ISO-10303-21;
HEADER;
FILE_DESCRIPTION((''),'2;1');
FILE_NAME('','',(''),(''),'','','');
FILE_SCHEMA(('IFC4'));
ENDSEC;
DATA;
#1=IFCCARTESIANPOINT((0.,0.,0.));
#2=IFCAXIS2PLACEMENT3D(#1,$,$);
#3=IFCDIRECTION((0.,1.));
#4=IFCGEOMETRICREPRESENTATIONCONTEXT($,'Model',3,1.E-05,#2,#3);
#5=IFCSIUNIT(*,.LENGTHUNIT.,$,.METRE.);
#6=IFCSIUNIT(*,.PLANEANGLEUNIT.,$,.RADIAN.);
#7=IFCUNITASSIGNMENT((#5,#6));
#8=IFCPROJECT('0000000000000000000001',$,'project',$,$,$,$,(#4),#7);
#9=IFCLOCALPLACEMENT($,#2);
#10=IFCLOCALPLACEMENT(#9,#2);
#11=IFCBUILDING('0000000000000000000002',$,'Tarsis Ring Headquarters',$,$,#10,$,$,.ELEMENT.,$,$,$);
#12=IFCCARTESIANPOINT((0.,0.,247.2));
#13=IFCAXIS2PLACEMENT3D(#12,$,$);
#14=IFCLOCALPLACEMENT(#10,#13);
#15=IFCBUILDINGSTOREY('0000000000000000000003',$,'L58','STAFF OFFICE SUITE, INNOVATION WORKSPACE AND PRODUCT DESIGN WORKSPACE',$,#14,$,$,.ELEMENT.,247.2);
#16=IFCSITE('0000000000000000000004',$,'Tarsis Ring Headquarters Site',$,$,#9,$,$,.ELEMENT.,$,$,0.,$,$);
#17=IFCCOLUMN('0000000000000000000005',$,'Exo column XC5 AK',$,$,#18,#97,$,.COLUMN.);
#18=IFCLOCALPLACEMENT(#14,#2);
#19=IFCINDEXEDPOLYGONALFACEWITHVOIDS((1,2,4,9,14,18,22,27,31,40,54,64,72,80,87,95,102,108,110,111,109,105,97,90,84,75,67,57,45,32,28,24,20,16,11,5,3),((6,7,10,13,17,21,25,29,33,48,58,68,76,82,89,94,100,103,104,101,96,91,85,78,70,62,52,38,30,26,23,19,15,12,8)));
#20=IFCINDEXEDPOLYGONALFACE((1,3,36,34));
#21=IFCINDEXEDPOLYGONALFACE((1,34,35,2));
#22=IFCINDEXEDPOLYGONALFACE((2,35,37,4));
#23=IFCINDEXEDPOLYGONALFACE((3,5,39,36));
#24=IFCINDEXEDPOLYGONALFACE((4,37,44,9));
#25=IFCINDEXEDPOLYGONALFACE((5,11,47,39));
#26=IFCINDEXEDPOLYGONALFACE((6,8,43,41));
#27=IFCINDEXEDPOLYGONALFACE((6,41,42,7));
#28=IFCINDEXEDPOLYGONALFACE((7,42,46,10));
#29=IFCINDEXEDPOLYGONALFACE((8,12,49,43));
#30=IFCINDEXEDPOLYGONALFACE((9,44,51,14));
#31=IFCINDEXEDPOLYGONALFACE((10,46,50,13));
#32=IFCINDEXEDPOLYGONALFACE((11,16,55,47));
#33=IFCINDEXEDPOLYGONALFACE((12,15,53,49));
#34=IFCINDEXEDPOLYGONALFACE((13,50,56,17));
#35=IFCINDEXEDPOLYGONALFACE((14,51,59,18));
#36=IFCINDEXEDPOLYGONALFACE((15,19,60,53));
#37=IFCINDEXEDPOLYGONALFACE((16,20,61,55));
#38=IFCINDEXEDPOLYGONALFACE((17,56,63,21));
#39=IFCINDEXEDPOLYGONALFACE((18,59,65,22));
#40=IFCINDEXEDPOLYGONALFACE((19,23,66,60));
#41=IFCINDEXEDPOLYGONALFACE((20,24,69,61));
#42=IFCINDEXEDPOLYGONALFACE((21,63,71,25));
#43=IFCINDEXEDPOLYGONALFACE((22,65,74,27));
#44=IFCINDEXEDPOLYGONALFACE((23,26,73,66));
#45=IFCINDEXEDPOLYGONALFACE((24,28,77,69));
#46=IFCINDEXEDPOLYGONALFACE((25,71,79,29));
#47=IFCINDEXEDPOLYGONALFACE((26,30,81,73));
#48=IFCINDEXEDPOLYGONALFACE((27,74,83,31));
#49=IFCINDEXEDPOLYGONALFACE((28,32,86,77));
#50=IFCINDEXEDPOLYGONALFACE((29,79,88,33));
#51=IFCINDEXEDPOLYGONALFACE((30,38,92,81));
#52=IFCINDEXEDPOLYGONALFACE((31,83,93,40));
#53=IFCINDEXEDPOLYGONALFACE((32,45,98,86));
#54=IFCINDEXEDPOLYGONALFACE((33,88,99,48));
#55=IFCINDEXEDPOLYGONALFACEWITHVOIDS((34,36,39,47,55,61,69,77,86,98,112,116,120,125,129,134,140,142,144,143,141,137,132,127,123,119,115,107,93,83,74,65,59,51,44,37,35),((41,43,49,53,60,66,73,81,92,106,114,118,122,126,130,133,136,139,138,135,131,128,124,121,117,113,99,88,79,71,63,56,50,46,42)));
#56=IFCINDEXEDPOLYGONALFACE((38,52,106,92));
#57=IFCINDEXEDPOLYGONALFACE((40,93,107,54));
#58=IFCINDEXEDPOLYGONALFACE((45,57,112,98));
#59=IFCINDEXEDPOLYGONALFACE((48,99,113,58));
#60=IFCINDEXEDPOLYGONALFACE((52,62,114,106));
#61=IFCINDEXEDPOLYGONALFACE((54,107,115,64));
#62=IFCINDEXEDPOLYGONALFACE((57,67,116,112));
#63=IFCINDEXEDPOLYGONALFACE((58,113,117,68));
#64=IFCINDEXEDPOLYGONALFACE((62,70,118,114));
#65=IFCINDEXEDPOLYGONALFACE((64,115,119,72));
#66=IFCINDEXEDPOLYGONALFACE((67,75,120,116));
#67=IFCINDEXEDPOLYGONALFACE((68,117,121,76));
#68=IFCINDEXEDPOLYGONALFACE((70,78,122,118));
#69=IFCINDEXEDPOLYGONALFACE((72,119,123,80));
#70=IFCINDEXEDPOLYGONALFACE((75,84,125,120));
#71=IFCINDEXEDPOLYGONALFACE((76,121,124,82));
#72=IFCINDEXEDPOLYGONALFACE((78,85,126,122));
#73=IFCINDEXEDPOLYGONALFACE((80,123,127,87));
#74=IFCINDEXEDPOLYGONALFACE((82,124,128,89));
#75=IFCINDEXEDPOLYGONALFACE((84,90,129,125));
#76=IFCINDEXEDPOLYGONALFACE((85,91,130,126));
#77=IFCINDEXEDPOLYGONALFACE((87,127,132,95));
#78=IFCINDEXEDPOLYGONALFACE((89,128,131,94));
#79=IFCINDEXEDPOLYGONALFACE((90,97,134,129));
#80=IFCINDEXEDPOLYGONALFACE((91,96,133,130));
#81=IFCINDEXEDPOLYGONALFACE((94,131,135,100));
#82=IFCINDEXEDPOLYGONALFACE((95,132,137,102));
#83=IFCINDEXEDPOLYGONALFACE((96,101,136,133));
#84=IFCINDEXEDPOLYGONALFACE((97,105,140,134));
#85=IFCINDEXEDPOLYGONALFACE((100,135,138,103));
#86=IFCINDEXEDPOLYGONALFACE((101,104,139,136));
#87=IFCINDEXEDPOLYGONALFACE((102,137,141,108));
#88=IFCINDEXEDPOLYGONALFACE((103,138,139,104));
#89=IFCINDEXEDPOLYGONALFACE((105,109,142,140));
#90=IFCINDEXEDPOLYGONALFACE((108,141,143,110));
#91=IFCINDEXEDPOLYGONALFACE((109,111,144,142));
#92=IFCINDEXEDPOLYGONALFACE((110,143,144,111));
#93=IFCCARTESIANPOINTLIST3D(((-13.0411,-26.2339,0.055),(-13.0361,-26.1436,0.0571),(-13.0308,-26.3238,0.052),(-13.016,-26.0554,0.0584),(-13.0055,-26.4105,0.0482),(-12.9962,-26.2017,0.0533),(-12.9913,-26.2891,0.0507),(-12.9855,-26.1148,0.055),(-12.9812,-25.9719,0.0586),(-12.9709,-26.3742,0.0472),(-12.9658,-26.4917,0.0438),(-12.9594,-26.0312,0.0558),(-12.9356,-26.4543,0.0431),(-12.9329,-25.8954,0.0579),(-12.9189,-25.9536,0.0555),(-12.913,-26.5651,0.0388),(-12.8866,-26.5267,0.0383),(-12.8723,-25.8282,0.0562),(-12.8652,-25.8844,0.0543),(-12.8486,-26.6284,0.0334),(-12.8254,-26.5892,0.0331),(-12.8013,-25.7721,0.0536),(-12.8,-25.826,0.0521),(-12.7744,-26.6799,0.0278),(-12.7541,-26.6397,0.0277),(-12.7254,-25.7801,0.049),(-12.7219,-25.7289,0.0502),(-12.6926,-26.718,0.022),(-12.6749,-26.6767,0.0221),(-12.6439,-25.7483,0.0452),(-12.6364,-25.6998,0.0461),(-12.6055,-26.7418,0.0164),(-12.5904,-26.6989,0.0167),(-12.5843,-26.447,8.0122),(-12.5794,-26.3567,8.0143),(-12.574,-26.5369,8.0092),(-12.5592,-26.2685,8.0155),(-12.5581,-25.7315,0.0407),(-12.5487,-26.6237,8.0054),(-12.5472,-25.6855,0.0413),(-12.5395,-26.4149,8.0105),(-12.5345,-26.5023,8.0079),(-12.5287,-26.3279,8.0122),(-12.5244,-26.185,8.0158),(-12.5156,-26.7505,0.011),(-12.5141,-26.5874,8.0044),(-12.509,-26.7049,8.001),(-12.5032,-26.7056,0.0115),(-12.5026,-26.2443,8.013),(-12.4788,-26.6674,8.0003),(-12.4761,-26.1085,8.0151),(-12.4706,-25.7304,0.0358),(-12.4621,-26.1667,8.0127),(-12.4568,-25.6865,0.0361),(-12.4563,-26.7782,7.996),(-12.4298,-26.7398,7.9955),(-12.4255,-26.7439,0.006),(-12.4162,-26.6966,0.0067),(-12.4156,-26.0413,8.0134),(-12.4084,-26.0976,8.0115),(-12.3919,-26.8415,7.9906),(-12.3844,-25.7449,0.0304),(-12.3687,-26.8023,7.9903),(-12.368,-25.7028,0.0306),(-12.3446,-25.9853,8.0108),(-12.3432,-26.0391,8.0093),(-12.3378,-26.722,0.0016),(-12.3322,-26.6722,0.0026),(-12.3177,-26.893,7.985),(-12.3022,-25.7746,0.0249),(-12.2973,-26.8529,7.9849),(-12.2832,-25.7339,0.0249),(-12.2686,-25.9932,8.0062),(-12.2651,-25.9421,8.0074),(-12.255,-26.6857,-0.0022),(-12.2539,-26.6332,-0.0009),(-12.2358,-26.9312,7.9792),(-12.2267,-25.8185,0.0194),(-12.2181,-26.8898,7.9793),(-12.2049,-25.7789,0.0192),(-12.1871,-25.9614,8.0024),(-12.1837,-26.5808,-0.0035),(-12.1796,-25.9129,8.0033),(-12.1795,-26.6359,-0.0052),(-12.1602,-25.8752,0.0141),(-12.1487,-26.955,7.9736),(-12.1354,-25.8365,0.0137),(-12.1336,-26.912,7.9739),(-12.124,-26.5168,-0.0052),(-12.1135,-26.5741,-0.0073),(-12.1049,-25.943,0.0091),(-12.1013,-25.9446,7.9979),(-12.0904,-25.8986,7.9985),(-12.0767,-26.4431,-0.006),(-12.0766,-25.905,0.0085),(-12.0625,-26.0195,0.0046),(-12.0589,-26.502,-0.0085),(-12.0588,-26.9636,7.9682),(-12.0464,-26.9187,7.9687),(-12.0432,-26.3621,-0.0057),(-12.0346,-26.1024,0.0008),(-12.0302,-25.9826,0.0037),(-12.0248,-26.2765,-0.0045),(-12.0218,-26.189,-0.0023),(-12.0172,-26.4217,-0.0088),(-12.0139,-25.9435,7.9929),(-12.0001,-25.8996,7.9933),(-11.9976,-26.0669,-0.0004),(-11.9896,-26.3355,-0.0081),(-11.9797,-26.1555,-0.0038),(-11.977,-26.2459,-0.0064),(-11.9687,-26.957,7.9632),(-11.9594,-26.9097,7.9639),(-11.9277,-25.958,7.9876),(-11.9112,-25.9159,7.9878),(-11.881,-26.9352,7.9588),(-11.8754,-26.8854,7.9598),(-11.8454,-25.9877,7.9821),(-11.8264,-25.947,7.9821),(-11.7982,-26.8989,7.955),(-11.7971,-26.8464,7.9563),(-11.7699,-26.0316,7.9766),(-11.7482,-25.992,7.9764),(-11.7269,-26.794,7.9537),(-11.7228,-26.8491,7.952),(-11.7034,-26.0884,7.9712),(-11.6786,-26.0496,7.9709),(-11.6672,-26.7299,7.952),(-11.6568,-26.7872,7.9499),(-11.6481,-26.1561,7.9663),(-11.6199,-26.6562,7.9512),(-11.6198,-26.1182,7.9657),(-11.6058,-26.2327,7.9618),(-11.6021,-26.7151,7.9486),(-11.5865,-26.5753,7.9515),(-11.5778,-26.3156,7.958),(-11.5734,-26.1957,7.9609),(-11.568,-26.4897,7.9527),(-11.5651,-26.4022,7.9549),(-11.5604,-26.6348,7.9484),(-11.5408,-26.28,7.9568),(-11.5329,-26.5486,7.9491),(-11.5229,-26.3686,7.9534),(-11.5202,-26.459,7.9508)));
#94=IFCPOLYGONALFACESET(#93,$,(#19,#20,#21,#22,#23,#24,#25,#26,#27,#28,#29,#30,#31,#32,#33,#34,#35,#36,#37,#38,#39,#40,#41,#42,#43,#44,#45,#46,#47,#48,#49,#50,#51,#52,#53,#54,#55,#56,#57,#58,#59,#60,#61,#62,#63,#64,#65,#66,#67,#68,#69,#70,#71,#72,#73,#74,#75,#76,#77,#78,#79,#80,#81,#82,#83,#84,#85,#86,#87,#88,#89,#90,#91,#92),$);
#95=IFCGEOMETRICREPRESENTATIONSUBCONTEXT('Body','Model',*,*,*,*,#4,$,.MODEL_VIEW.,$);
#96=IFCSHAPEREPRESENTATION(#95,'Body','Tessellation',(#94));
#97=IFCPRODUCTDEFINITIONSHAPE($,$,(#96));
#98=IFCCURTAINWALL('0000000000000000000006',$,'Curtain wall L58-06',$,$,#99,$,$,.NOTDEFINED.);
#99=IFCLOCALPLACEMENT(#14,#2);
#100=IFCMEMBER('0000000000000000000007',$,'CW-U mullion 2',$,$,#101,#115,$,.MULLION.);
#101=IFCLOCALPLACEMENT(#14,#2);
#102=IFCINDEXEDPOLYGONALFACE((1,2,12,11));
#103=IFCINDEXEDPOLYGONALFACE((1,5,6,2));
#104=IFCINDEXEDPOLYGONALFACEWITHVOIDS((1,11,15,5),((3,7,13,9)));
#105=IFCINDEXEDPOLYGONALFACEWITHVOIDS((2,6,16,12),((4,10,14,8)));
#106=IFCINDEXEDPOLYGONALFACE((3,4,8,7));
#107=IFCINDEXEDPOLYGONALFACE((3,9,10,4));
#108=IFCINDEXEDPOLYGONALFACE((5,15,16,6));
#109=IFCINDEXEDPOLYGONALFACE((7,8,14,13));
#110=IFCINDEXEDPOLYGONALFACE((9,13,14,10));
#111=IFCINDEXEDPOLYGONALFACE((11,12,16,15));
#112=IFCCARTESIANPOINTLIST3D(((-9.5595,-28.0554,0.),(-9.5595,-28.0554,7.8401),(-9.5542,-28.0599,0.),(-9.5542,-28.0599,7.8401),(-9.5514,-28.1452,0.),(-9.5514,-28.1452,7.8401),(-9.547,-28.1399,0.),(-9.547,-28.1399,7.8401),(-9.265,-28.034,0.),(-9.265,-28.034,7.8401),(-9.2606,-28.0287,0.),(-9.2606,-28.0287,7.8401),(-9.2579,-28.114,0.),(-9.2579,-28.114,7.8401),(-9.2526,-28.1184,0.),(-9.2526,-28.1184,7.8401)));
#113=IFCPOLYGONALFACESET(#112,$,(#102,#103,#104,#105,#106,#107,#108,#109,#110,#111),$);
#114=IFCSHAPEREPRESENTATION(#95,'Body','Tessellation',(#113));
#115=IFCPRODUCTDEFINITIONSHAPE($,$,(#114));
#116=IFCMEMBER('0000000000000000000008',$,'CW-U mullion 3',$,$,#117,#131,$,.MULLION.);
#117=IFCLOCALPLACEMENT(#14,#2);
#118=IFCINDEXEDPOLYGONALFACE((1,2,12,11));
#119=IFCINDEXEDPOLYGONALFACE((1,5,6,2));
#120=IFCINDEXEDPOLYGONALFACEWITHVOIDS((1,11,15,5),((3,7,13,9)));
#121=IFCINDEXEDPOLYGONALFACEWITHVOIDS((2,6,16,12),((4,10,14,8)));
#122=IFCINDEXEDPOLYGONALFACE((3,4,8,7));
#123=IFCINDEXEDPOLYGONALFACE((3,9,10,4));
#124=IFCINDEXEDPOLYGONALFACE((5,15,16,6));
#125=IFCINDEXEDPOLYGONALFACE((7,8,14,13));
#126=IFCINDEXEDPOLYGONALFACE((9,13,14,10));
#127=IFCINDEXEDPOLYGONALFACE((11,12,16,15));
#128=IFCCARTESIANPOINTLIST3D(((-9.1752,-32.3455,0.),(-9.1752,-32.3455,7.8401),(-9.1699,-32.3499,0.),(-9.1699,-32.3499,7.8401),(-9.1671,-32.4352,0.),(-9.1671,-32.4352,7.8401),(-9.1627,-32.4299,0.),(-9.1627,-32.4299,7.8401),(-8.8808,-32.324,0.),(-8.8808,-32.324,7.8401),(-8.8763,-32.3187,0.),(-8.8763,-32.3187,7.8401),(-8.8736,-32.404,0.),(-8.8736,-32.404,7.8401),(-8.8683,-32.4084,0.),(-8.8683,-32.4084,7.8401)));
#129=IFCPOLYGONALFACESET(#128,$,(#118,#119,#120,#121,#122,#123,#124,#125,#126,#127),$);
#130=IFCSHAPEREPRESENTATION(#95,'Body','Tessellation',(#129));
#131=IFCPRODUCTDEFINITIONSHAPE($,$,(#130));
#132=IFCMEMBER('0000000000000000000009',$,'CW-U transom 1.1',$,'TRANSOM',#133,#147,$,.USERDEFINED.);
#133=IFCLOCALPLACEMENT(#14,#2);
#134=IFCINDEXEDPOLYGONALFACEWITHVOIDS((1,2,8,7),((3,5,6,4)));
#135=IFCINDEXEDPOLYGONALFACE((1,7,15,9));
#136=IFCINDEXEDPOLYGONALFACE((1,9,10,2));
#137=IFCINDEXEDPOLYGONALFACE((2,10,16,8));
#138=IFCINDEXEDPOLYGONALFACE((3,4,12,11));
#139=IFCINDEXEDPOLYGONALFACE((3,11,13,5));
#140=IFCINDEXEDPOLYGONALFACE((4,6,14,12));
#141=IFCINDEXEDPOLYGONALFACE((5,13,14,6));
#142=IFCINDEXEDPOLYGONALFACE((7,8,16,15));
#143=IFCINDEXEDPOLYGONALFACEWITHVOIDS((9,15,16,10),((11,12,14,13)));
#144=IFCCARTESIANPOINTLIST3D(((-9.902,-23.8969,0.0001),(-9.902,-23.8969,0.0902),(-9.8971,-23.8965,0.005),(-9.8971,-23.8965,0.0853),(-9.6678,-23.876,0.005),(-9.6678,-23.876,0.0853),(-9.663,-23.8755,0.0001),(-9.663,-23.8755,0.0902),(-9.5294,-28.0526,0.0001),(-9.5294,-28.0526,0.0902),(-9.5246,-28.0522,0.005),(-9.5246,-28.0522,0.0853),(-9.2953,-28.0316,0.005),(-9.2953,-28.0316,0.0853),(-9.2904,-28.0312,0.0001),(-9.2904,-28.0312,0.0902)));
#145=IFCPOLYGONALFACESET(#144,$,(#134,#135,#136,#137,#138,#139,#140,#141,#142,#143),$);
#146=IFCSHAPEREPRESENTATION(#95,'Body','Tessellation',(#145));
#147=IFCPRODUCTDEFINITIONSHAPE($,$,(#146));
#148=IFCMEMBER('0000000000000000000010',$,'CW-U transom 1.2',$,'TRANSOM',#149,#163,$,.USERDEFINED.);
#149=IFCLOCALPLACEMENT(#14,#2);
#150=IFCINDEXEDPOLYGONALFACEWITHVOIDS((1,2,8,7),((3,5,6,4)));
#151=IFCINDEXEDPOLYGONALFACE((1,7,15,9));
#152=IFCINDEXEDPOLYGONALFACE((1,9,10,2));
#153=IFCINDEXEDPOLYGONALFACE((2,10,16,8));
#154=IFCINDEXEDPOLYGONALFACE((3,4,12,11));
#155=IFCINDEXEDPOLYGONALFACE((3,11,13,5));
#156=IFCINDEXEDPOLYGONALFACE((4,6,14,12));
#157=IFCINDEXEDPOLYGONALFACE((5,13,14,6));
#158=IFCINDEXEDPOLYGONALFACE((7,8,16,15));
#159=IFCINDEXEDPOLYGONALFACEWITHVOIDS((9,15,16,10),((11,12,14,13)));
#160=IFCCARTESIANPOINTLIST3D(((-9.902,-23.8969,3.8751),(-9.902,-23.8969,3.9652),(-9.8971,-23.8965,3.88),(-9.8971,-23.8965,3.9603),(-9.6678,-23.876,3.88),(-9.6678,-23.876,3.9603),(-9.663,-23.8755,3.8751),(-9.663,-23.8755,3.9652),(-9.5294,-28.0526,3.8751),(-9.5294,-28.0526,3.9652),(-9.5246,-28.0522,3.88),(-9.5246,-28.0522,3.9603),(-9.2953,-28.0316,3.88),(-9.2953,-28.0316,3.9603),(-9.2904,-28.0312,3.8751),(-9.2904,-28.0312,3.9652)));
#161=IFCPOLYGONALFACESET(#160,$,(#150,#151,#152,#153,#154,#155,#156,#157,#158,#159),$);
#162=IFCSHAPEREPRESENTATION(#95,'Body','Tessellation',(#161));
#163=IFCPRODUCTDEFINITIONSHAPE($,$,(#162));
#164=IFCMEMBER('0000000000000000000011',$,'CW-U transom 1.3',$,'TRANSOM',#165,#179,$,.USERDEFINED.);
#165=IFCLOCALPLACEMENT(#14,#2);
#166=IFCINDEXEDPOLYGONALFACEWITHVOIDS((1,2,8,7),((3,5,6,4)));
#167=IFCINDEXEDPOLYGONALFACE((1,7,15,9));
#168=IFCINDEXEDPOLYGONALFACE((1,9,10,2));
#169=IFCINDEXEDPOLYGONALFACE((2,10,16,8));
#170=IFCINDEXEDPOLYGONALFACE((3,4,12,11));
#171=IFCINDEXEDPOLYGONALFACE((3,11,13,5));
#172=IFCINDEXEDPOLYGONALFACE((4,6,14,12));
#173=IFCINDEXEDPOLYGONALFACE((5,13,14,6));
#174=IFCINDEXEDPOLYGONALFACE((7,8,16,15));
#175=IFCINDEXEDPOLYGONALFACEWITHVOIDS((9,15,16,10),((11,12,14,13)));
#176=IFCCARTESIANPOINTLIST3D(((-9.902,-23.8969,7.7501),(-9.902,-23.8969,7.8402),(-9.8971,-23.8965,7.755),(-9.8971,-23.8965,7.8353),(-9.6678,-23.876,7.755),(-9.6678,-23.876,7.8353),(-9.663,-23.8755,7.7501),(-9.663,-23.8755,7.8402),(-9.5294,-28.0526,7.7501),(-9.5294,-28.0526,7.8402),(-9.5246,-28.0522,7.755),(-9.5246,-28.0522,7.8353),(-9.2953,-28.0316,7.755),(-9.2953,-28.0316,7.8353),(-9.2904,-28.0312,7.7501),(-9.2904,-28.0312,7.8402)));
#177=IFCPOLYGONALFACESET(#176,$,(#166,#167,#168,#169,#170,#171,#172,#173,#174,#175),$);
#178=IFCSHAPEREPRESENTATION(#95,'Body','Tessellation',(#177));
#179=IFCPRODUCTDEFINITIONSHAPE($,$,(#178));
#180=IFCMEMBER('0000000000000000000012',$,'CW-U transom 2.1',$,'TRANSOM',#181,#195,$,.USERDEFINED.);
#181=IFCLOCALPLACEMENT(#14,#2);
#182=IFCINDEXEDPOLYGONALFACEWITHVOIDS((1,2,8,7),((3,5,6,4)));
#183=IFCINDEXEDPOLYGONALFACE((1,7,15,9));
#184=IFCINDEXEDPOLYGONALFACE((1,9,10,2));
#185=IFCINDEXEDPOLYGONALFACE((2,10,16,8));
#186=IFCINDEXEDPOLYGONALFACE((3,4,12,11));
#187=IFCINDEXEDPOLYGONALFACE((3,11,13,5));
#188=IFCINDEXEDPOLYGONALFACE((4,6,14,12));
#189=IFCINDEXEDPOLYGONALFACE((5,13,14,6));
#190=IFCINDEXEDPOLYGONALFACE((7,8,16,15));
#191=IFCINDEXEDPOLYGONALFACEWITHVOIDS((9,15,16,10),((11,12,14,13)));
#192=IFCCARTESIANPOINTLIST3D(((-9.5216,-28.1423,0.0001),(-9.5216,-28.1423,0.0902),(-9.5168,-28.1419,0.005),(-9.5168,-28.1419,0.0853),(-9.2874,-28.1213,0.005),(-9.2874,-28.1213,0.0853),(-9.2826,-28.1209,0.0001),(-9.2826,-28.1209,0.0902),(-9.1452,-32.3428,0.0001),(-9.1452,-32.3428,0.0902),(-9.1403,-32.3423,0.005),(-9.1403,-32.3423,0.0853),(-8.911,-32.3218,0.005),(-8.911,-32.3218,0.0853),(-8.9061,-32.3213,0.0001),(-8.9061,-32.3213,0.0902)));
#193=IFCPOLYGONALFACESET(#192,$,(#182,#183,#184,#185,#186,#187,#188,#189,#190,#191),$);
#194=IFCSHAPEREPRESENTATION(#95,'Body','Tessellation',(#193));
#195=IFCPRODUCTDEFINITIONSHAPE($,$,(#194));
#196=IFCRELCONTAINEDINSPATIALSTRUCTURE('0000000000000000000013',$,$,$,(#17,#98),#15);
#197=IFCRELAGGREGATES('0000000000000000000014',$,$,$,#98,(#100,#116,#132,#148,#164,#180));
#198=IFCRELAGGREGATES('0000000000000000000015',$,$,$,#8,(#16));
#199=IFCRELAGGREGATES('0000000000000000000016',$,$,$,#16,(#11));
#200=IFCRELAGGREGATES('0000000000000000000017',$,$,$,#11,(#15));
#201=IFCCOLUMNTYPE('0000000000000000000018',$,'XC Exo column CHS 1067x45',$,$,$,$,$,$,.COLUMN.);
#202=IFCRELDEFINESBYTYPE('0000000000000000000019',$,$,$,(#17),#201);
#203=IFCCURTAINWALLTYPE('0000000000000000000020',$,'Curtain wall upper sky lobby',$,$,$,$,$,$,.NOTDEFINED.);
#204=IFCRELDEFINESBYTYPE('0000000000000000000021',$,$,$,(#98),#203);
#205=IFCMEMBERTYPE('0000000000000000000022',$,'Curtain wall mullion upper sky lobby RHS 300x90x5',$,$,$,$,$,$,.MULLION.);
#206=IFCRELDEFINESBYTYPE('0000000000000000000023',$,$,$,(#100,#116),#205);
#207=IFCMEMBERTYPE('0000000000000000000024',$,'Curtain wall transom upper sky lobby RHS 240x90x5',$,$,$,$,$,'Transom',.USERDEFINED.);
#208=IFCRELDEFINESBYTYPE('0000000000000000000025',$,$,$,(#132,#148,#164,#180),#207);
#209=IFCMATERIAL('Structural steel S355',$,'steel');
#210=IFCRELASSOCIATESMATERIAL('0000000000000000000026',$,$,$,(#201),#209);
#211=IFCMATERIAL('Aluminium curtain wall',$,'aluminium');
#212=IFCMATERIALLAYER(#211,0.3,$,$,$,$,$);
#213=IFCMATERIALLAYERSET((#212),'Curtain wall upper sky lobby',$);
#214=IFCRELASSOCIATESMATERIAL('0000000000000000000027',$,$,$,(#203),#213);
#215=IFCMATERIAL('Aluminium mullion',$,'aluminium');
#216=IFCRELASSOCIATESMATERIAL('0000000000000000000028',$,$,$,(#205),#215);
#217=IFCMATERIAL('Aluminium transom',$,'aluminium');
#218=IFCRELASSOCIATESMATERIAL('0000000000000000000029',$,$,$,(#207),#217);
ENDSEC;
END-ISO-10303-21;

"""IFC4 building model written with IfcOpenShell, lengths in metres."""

from ifc_helpers import new_model, si_unit, direction, frame, origin, origin_2d, place, context, subcontext, project, spatial, hollow_rectangle, hollow_circle, extrude, material, layer, layer_set, material_profile, profile_set, type_object, element, aggregate, save


model = new_model("IFC4")

# Units and contexts
model_context = context("Model", 3, precision=1e-05, world=origin(), true_north=direction((0.0, 1.0)))
body_context = subcontext(model_context, "Body", "Model", "MODEL_VIEW")
ifc_project = project(units=[si_unit("LENGTHUNIT", "METRE"), si_unit("PLANEANGLEUNIT", "RADIAN")], contexts=[model_context])

# Site, building, storey
site_placement = place(None, origin())
site = spatial("IfcSite", under=ifc_project, at=site_placement, Name="Tarsis Ring Headquarters Site", CompositionType="ELEMENT", RefElevation=0.0)
building_placement = place(site_placement, origin())
building = spatial("IfcBuilding", under=site, at=building_placement, Name="Tarsis Ring Headquarters", CompositionType="ELEMENT")
storey_placement = place(building_placement, frame((0.0, 0.0, 247.2)))
storey = spatial("IfcBuildingStorey", under=building, at=storey_placement, Name="L58", Description="STAFF OFFICE SUITE, INNOVATION WORKSPACE AND PRODUCT DESIGN WORKSPACE", CompositionType="ELEMENT", Elevation=247.2)

# Column
ifc_material_1 = material(Name="Structural steel S355", Category="steel")
ifc_material_profile_1 = material_profile(ifc_material_1, hollow_circle(Radius=0.5334, WallThickness=0.0449, at=origin_2d()), Name="CHS 1067x45")
ifc_profile_set_1 = profile_set([ifc_material_profile_1], Name="Structural steel S355")
column_type = type_object("IfcColumnType", Name="XC Exo column CHS 1067x45", PredefinedType="COLUMN", material=ifc_profile_set_1)
column_placement = place(storey_placement, frame((-12.5088, -26.2173, 0.0249), z_axis=(0.05729, -0.026731, 0.998), x_axis=(0.422832, 0.906208, 0.0)))
element("IfcColumn", 1, at=column_placement, inside=storey, type_object=column_type, Name="Exo column XC5 AK", PredefinedType="COLUMN", context=body_context, shape_type="SweptSolid", body=[
    extrude(hollow_circle(Radius=0.5334, WallThickness=0.0449, at=origin_2d()), origin(), (0.0, 0.0, 1.0), 7.9731),
])

# Curtain wall, members
ifc_material_2 = material(Name="Aluminium curtain wall", Category="aluminium")
ifc_layer_1 = layer(ifc_material_2, 0.3)
ifc_layer_set_1 = layer_set([ifc_layer_1], Name="Curtain wall upper sky lobby")
curtain_wall_type = type_object("IfcCurtainWallType", Name="Curtain wall upper sky lobby", PredefinedType="NOTDEFINED", material=ifc_layer_set_1)
curtain_wall_placement = place(storey_placement, origin())
curtain_wall = element("IfcCurtainWall", 2, at=curtain_wall_placement, inside=storey, type_object=curtain_wall_type, Name="Curtain wall L58-06", PredefinedType="NOTDEFINED")
ifc_material_3 = material(Name="Aluminium mullion", Category="aluminium")
ifc_material_profile_2 = material_profile(ifc_material_3, hollow_rectangle(XDim=0.3, YDim=0.0901, WallThickness=0.0049, at=origin_2d()), Name="RHS 300x90x5")
ifc_profile_set_2 = profile_set([ifc_material_profile_2], Name="Aluminium mullion")
member_type_1 = type_object("IfcMemberType", Name="Curtain wall mullion upper sky lobby RHS 300x90x5", PredefinedType="MULLION", material=ifc_profile_set_2)
member_1_placement = place(storey_placement, frame((-9.406, -28.0869, 0.0), z_axis=(0.0, 0.0, 1.0), x_axis=(0.99601, 0.089242, 0.0)))
member_1 = element("IfcMember", 3, at=member_1_placement, type_object=member_type_1, Name="CW-U mullion 2", PredefinedType="MULLION", context=body_context, shape_type="SweptSolid", body=[
    extrude(hollow_rectangle(XDim=0.3, YDim=0.0901, WallThickness=0.0049, at=origin_2d()), origin(), (0.0, 0.0, 1.0), 7.8401),
])
member_2_placement = place(storey_placement, frame((-9.0217, -32.377, 0.0), z_axis=(0.0, 0.0, 1.0), x_axis=(0.99601, 0.089242, 0.0)))
member_2 = element("IfcMember", 4, at=member_2_placement, type_object=member_type_1, Name="CW-U mullion 3", PredefinedType="MULLION", context=body_context, shape_type="SweptSolid", body=[
    extrude(hollow_rectangle(XDim=0.3, YDim=0.0901, WallThickness=0.0049, at=origin_2d()), origin(), (0.0, 0.0, 1.0), 7.8401),
])
ifc_material_4 = material(Name="Aluminium transom", Category="aluminium")
ifc_material_profile_3 = material_profile(ifc_material_4, hollow_rectangle(XDim=0.24, YDim=0.0901, WallThickness=0.0049, at=origin_2d()), Name="RHS 240x90x5")
ifc_profile_set_3 = profile_set([ifc_material_profile_3], Name="Aluminium transom")
member_type_2 = type_object("IfcMemberType", Name="Curtain wall transom upper sky lobby RHS 240x90x5", ElementType="Transom", PredefinedType="USERDEFINED", material=ifc_profile_set_3)
member_3_placement = place(storey_placement, frame((-9.7825, -23.8862, 0.0452), z_axis=(0.089291, -0.996006, 0.0), x_axis=(0.996006, 0.089291, 0.0)))
member_3 = element("IfcMember", 5, at=member_3_placement, type_object=member_type_2, Name="CW-U transom 1.1", ObjectType="TRANSOM", PredefinedType="USERDEFINED", context=body_context, shape_type="SweptSolid", body=[
    extrude(hollow_rectangle(XDim=0.24, YDim=0.0901, WallThickness=0.0049, at=origin_2d()), origin(), (0.0, 0.0, 1.0), 4.1724),
])
member_4_placement = place(storey_placement, frame((-9.7825, -23.8862, 3.9202), z_axis=(0.089291, -0.996006, 0.0), x_axis=(0.996006, 0.089291, 0.0)))
member_4 = element("IfcMember", 6, at=member_4_placement, type_object=member_type_2, Name="CW-U transom 1.2", ObjectType="TRANSOM", PredefinedType="USERDEFINED", context=body_context, shape_type="SweptSolid", body=[
    extrude(hollow_rectangle(XDim=0.24, YDim=0.0901, WallThickness=0.0049, at=origin_2d()), origin(), (0.0, 0.0, 1.0), 4.1724),
])
member_5_placement = place(storey_placement, frame((-9.7825, -23.8862, 7.7952), z_axis=(0.089291, -0.996006, 0.0), x_axis=(0.996006, 0.089291, 0.0)))
member_5 = element("IfcMember", 7, at=member_5_placement, type_object=member_type_2, Name="CW-U transom 1.3", ObjectType="TRANSOM", PredefinedType="USERDEFINED", context=body_context, shape_type="SweptSolid", body=[
    extrude(hollow_rectangle(XDim=0.24, YDim=0.0901, WallThickness=0.0049, at=origin_2d()), origin(), (0.0, 0.0, 1.0), 4.1724),
])
member_6_placement = place(storey_placement, frame((-9.4021, -28.1316, 0.0452), z_axis=(0.089267, -0.996008, 0.0), x_axis=(0.996008, 0.089267, 0.0)))
member_6 = element("IfcMember", 8, at=member_6_placement, type_object=member_type_2, Name="CW-U transom 2.1", ObjectType="TRANSOM", PredefinedType="USERDEFINED", context=body_context, shape_type="SweptSolid", body=[
    extrude(hollow_rectangle(XDim=0.24, YDim=0.0901, WallThickness=0.0049, at=origin_2d()), origin(), (0.0, 0.0, 1.0), 4.2173),
])

aggregate(curtain_wall, [member_1, member_2, member_3, member_4, member_5, member_6])

save(model, "model.ifc")
